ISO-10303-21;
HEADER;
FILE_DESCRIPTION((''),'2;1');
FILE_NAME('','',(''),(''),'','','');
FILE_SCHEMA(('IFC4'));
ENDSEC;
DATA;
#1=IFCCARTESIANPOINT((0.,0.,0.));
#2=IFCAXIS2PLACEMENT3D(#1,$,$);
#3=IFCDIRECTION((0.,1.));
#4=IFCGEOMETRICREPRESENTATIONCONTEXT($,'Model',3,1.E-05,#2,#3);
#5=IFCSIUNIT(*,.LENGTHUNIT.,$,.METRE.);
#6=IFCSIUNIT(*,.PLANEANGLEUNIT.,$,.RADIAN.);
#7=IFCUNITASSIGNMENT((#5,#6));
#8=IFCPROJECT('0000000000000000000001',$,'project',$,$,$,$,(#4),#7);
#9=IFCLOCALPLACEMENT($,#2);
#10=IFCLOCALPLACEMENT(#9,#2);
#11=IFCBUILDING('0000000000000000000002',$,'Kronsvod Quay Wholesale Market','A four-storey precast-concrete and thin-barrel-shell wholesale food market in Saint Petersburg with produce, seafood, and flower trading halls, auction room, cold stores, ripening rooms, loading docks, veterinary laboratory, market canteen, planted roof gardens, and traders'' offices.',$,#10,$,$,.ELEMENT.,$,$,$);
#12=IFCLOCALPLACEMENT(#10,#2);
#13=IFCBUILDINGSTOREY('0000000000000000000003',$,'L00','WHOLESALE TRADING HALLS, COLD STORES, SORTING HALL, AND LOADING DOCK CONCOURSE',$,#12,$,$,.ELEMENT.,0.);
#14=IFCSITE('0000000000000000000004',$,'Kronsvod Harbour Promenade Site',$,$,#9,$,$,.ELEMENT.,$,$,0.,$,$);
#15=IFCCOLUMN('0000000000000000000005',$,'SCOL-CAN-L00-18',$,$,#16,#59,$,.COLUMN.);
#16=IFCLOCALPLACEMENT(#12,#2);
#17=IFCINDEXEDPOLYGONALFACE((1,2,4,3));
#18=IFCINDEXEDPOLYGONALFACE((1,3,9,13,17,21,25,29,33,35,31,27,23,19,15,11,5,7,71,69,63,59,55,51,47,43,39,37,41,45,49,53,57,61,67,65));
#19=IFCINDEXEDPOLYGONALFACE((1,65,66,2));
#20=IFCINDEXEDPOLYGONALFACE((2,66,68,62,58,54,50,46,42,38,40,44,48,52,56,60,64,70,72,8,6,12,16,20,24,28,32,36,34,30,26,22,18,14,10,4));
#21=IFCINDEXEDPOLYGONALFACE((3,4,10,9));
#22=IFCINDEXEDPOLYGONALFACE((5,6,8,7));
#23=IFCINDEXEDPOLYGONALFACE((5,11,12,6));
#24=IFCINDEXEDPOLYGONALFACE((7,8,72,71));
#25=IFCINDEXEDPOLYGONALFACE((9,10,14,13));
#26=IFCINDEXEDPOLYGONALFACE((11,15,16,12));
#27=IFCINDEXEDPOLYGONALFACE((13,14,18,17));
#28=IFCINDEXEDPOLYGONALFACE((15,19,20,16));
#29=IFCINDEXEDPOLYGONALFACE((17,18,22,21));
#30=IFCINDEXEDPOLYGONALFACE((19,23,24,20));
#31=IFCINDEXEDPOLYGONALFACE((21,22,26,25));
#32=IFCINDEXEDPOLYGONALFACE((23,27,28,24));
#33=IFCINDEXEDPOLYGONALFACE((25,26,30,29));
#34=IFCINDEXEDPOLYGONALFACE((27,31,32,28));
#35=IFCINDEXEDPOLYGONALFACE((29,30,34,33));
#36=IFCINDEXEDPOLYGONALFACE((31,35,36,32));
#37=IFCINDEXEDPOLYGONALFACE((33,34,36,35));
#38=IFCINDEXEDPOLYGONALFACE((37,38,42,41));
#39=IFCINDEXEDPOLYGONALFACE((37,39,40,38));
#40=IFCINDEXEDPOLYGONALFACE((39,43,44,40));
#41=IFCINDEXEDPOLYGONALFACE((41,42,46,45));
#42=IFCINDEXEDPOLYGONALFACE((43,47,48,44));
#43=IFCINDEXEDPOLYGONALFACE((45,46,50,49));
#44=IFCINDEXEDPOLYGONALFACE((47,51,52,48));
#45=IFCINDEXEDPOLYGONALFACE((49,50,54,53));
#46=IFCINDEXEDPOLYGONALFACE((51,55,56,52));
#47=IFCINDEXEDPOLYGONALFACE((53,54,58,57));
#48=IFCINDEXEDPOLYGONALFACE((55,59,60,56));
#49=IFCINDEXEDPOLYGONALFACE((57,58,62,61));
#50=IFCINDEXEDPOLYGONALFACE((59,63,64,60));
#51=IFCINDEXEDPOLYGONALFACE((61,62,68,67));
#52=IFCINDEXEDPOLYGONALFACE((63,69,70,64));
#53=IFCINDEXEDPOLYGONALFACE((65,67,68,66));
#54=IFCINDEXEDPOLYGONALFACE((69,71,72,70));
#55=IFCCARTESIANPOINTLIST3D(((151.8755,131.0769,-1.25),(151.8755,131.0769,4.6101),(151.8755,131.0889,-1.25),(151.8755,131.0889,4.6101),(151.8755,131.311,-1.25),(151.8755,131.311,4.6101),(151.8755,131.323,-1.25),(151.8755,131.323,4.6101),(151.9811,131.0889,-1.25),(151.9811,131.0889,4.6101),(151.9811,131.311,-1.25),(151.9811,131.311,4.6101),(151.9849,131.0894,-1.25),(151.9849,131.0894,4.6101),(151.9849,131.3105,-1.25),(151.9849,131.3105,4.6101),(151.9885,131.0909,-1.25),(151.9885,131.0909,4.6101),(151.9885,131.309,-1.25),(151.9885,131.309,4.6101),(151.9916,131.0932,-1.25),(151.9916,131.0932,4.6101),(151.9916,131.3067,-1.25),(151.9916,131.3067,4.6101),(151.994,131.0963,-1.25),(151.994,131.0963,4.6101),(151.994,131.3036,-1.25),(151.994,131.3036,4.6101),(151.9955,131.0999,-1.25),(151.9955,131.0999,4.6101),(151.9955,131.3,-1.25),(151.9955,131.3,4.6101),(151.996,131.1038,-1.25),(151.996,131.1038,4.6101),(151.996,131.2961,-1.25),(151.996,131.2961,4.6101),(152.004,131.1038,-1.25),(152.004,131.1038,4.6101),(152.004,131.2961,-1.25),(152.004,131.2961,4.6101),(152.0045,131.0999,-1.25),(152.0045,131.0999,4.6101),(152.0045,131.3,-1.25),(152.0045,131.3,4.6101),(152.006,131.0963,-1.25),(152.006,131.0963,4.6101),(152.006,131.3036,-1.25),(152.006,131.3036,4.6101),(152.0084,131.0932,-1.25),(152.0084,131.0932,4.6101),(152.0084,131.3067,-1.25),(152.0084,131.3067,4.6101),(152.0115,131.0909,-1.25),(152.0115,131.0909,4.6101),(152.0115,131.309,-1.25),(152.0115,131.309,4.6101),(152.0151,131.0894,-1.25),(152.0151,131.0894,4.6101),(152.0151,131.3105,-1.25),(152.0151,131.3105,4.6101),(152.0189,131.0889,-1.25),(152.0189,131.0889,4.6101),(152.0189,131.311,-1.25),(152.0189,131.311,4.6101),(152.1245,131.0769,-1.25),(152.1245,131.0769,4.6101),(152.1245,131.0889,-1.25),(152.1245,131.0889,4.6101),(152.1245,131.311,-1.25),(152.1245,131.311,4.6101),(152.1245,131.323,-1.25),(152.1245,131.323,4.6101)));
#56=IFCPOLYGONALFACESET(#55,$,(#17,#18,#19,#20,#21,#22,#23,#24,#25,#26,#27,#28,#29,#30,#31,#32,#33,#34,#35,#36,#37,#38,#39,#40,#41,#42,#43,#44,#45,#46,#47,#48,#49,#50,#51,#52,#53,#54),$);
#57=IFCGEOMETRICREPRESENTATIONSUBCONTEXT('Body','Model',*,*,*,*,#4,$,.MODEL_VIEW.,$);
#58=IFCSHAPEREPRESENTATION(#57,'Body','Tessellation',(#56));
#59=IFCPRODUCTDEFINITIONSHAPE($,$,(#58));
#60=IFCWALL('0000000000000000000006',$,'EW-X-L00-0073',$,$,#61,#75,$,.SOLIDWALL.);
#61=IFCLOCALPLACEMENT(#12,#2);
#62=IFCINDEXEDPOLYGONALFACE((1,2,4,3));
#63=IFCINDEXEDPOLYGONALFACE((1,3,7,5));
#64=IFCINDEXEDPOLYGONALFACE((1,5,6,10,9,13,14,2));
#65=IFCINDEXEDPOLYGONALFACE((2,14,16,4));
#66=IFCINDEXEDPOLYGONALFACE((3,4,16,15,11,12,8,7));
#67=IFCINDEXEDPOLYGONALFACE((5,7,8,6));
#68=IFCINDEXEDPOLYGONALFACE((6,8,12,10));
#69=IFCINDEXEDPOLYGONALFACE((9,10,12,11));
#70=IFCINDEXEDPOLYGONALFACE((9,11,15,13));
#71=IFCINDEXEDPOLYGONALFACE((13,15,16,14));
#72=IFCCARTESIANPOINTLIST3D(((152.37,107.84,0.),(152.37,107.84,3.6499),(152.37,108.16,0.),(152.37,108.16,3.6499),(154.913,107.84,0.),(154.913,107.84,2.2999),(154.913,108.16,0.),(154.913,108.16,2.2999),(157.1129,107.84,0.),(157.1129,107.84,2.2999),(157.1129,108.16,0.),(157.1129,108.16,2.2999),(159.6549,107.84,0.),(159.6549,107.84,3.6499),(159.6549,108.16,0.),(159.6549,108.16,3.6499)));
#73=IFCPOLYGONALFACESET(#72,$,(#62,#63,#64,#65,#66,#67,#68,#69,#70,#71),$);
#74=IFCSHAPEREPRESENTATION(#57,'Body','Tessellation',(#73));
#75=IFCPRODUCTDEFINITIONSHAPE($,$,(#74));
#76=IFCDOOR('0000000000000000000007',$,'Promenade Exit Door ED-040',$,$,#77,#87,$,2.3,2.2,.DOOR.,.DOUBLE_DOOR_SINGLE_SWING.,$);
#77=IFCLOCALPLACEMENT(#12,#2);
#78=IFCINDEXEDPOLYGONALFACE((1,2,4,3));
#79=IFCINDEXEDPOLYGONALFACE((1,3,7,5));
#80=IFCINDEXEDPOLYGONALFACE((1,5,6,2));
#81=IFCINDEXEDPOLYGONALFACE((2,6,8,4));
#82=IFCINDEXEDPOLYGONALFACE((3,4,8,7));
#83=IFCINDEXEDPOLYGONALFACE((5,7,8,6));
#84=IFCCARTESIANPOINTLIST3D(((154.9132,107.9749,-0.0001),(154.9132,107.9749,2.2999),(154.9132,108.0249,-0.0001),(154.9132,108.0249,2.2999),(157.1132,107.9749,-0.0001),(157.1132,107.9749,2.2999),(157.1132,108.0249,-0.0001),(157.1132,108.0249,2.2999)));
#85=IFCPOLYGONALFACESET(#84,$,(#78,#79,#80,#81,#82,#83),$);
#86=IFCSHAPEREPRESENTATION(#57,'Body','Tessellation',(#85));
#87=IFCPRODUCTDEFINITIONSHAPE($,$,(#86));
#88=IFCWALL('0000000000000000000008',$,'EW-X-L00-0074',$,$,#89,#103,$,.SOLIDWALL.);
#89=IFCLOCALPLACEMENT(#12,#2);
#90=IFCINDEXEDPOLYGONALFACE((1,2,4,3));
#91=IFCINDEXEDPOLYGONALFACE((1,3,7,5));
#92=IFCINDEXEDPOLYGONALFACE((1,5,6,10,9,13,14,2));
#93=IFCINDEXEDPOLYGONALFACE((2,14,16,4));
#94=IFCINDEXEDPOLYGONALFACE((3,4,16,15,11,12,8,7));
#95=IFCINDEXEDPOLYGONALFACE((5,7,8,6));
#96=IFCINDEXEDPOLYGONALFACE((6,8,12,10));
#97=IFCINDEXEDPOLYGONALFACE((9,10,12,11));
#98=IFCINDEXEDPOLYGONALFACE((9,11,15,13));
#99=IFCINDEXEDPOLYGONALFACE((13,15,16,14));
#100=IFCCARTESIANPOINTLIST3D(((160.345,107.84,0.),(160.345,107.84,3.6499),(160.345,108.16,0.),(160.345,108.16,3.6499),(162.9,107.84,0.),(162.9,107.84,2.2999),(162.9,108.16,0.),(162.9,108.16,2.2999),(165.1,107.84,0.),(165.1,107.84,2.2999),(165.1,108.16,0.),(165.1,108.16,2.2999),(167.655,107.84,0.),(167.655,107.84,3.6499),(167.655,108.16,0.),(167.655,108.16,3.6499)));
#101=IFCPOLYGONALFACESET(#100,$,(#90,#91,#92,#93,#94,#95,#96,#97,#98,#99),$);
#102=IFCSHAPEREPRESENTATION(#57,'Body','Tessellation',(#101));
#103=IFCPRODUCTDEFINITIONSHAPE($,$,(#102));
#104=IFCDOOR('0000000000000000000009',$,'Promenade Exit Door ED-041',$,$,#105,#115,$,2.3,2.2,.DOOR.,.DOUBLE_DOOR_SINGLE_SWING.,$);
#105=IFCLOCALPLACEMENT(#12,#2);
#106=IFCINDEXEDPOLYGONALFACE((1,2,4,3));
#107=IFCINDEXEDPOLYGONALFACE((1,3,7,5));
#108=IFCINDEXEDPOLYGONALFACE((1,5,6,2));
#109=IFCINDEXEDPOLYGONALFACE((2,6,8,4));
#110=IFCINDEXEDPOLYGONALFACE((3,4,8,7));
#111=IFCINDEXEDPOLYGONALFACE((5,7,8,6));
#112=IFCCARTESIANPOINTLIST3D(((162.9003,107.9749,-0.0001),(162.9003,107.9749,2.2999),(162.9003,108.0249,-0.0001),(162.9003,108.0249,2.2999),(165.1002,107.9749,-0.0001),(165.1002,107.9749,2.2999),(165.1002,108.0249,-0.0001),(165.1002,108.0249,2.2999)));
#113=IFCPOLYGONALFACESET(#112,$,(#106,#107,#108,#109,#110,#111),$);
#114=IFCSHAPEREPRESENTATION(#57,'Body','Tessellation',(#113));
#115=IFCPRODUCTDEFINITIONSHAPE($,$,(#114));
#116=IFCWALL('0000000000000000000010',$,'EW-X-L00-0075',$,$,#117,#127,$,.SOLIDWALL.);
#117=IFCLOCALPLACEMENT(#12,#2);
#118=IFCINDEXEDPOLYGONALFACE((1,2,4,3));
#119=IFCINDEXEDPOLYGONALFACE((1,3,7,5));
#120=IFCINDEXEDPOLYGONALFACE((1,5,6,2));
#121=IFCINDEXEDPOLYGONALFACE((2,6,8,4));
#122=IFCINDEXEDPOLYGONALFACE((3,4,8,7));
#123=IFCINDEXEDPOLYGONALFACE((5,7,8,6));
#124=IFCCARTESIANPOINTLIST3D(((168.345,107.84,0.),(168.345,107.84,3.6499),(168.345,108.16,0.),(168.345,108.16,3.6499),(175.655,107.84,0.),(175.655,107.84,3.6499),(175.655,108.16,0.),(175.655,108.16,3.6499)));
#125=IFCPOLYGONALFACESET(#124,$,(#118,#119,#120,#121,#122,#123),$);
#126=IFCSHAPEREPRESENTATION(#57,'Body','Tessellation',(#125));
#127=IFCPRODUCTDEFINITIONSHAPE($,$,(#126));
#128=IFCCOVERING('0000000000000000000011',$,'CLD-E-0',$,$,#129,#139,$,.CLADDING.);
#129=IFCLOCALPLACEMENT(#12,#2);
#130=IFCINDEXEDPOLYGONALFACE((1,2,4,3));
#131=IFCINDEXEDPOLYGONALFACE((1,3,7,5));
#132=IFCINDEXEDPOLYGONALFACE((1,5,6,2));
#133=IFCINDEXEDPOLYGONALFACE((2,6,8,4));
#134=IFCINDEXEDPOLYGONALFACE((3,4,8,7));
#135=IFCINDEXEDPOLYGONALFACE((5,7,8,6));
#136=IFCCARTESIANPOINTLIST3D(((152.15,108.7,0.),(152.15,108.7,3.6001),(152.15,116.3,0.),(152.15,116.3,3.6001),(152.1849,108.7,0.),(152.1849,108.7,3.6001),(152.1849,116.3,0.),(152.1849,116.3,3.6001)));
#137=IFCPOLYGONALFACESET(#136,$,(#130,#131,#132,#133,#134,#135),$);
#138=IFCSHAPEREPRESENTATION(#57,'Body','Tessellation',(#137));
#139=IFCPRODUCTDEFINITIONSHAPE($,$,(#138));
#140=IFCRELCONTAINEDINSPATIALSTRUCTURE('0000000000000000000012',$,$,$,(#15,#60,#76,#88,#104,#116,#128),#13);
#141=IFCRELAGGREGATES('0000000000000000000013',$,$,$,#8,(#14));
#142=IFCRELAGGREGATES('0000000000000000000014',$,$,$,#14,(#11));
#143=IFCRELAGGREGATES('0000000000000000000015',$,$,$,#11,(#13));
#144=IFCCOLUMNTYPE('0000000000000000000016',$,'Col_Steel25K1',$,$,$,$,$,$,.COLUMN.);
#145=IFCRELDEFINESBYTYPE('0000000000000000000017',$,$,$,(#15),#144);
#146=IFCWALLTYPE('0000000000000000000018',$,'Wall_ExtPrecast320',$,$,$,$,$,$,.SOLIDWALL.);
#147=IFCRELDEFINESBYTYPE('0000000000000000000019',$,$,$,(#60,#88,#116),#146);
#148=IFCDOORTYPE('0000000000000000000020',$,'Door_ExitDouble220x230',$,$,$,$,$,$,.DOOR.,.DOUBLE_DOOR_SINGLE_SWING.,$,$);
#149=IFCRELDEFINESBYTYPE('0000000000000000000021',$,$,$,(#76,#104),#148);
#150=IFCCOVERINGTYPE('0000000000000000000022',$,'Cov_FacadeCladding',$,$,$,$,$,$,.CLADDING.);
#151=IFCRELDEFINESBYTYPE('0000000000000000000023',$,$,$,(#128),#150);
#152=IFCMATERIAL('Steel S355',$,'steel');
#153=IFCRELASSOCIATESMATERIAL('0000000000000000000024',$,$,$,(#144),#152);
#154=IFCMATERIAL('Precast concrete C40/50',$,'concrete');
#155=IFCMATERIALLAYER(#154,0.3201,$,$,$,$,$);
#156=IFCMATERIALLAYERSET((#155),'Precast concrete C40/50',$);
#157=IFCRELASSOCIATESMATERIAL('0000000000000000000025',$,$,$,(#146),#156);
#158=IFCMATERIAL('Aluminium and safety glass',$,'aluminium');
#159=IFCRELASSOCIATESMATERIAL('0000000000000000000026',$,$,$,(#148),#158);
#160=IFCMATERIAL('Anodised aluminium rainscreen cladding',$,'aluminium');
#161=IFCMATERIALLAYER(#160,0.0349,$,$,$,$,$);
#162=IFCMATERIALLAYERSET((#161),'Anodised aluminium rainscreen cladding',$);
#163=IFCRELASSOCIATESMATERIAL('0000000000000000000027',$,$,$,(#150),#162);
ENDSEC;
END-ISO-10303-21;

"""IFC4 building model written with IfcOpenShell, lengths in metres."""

from ifc_helpers import new_model, si_unit, direction, frame, frame_2d, origin, origin_2d, place, context, subcontext, project, spatial, rectangle, i_section, extrude, material, layer, layer_set, material_profile, profile_set, type_object, element, fill, save


model = new_model("IFC4")

# Units and contexts
model_context = context("Model", 3, precision=1e-05, world=origin(), true_north=direction((0.0, 1.0)))
body_context = subcontext(model_context, "Body", "Model", "MODEL_VIEW")
ifc_project = project(units=[si_unit("LENGTHUNIT", "METRE"), si_unit("PLANEANGLEUNIT", "RADIAN")], contexts=[model_context])

# Site, building, storey
site_placement = place(None, origin())
site = spatial("IfcSite", under=ifc_project, at=site_placement, Name="Kronsvod Harbour Promenade Site", CompositionType="ELEMENT", RefElevation=0.0)
building_placement = place(site_placement, origin())
building = spatial("IfcBuilding", under=site, at=building_placement, Name="Kronsvod Quay Wholesale Market", Description="A four-storey precast-concrete and thin-barrel-shell wholesale food market in Saint Petersburg with produce, seafood, and flower trading halls, auction room, cold stores, ripening rooms, loading docks, veterinary laboratory, market canteen, planted roof gardens, and traders' offices.", CompositionType="ELEMENT")
storey_placement = place(building_placement, origin())
storey = spatial("IfcBuildingStorey", under=building, at=storey_placement, Name="L00", Description="WHOLESALE TRADING HALLS, COLD STORES, SORTING HALL, AND LOADING DOCK CONCOURSE", CompositionType="ELEMENT", Elevation=0.0)

# Column
ifc_material_1 = material(Name="Steel S355", Category="steel")
ifc_material_profile_1 = material_profile(ifc_material_1, i_section(OverallWidth=0.249, OverallDepth=0.2461, WebThickness=0.0081, FlangeThickness=0.012, FilletRadius=0.0149, at=origin_2d()), Name="25K1")
ifc_profile_set_1 = profile_set([ifc_material_profile_1], Name="Steel S355")
column_type_1 = type_object("IfcColumnType", Name="Col_Steel25K1", PredefinedType="COLUMN", material=ifc_profile_set_1)
column_1_placement = place(storey_placement, frame((152.0, 131.2, -1.25), z_axis=(0.0, 0.0, 1.0), x_axis=(1.0, 0.0, 0.0)))
element("IfcColumn", 1, at=column_1_placement, inside=storey, type_object=column_type_1, Name="SCOL-CAN-L00-18", PredefinedType="COLUMN", context=body_context, shape_type="SweptSolid", body=[
    extrude(i_section(OverallWidth=0.249, OverallDepth=0.2461, WebThickness=0.0081, FlangeThickness=0.012, FilletRadius=0.0149, at=origin_2d()), origin(), (0.0, 0.0, 1.0), 5.8601),
])

# Walls, openings, doors
ifc_material_2 = material(Name="Precast concrete C40/50", Category="concrete")
ifc_layer_1 = layer(ifc_material_2, 0.3201)
ifc_layer_set_1 = layer_set([ifc_layer_1], Name="Precast concrete C40/50")
wall_type = type_object("IfcWallType", Name="Wall_ExtPrecast320", PredefinedType="SOLIDWALL", material=ifc_layer_set_1)
wall_1_placement = place(storey_placement, frame((159.655, 108.0, 0.0), z_axis=(0.0, 0.0, 1.0), x_axis=(-1.0, 0.0, 0.0)))
wall_1 = element("IfcWall", 2, at=wall_1_placement, inside=storey, type_object=wall_type, Name="EW-X-L00-0073", PredefinedType="SOLIDWALL", context=body_context, shape_type="SweptSolid", body=[
    extrude(rectangle(XDim=7.2849, YDim=0.3201, at=frame_2d((3.6426, 0.0))), origin(), (0.0, 0.0, 1.0), 3.6499),
])
opening_1_placement = place(wall_1_placement, frame((2.542, 0.0, 0.0)))
opening_1 = element("IfcOpeningElement", 3, at=opening_1_placement, cuts=wall_1, PredefinedType="OPENING", context=body_context, shape_type="SweptSolid", body=[
    extrude(rectangle(XDim=2.2, YDim=2.3, at=frame_2d((1.1001, 1.1499))), frame((0.0, 0.1699, 0.0), z_axis=(0.0, -1.0, 0.0), x_axis=(1.0, 0.0, 0.0)), (0.0, 0.0, 1.0), 0.3401),
])
ifc_material_3 = material(Name="Aluminium and safety glass", Category="aluminium")
door_type = type_object("IfcDoorType", Name="Door_ExitDouble220x230", OperationType="DOUBLE_DOOR_SINGLE_SWING", PredefinedType="DOOR", material=ifc_material_3)
door_1_placement = place(opening_1_placement, frame((2.2, 0.0, 0.0), z_axis=(0.0, 0.0, 1.0), x_axis=(-1.0, 0.0, 0.0)))
door_1 = element("IfcDoor", 4, at=door_1_placement, inside=storey, type_object=door_type, Name="Promenade Exit Door ED-040", OperationType="DOUBLE_DOOR_SINGLE_SWING", OverallHeight=2.3, OverallWidth=2.2, PredefinedType="DOOR", context=body_context, shape_type="SweptSolid", body=[
    extrude(rectangle(XDim=2.2, YDim=2.3, at=frame_2d((1.1001, 1.1499))), frame((0.0, 0.0249, 0.0), z_axis=(0.0, -1.0, 0.0), x_axis=(1.0, 0.0, 0.0)), (0.0, 0.0, 1.0), 0.05),
])
fill(opening_1, door_1)
wall_2_placement = place(storey_placement, frame((167.655, 108.0, 0.0), z_axis=(0.0, 0.0, 1.0), x_axis=(-1.0, 0.0, 0.0)))
wall_2 = element("IfcWall", 5, at=wall_2_placement, inside=storey, type_object=wall_type, Name="EW-X-L00-0074", PredefinedType="SOLIDWALL", context=body_context, shape_type="SweptSolid", body=[
    extrude(rectangle(XDim=7.3101, YDim=0.3201, at=frame_2d((3.655, 0.0))), origin(), (0.0, 0.0, 1.0), 3.6499),
])
opening_2_placement = place(wall_2_placement, frame((2.5549, 0.0, 0.0)))
opening_2 = element("IfcOpeningElement", 6, at=opening_2_placement, cuts=wall_2, PredefinedType="OPENING", context=body_context, shape_type="SweptSolid", body=[
    extrude(rectangle(XDim=2.2, YDim=2.3, at=frame_2d((1.1001, 1.1499))), frame((0.0, 0.1699, 0.0), z_axis=(0.0, -1.0, 0.0), x_axis=(1.0, 0.0, 0.0)), (0.0, 0.0, 1.0), 0.3401),
])
door_2_placement = place(opening_2_placement, frame((2.2, 0.0, 0.0), z_axis=(0.0, 0.0, 1.0), x_axis=(-1.0, 0.0, 0.0)))
door_2 = element("IfcDoor", 7, at=door_2_placement, inside=storey, type_object=door_type, Name="Promenade Exit Door ED-041", OperationType="DOUBLE_DOOR_SINGLE_SWING", OverallHeight=2.3, OverallWidth=2.2, PredefinedType="DOOR", context=body_context, shape_type="SweptSolid", body=[
    extrude(rectangle(XDim=2.2, YDim=2.3, at=frame_2d((1.1001, 1.1499))), frame((0.0, 0.0249, 0.0), z_axis=(0.0, -1.0, 0.0), x_axis=(1.0, 0.0, 0.0)), (0.0, 0.0, 1.0), 0.05),
])
fill(opening_2, door_2)

# Wall
wall_3_placement = place(storey_placement, frame((175.655, 108.0, 0.0), z_axis=(0.0, 0.0, 1.0), x_axis=(-1.0, 0.0, 0.0)))
element("IfcWall", 8, at=wall_3_placement, inside=storey, type_object=wall_type, Name="EW-X-L00-0075", PredefinedType="SOLIDWALL", context=body_context, shape_type="SweptSolid", body=[
    extrude(rectangle(XDim=7.3101, YDim=0.3201, at=frame_2d((3.655, 0.0))), origin(), (0.0, 0.0, 1.0), 3.6499),
])

# Covering
ifc_material_4 = material(Name="Anodised aluminium rainscreen cladding", Category="aluminium")
ifc_layer_2 = layer(ifc_material_4, 0.0349)
ifc_layer_set_2 = layer_set([ifc_layer_2], Name="Anodised aluminium rainscreen cladding")
covering_type = type_object("IfcCoveringType", Name="Cov_FacadeCladding", PredefinedType="CLADDING", material=ifc_layer_set_2)
covering_placement = place(storey_placement, frame((152.1675, 112.5, 0.0), z_axis=(0.0, 0.0, 1.0), x_axis=(1.0, 0.0, 0.0)))
element("IfcCovering", 9, at=covering_placement, inside=storey, type_object=covering_type, Name="CLD-E-0", PredefinedType="CLADDING", context=body_context, shape_type="SweptSolid", body=[
    extrude(rectangle(XDim=0.0349, YDim=7.6001, at=origin_2d()), origin(), (0.0, 0.0, 1.0), 3.6001),
])

save(model, "model.ifc")
